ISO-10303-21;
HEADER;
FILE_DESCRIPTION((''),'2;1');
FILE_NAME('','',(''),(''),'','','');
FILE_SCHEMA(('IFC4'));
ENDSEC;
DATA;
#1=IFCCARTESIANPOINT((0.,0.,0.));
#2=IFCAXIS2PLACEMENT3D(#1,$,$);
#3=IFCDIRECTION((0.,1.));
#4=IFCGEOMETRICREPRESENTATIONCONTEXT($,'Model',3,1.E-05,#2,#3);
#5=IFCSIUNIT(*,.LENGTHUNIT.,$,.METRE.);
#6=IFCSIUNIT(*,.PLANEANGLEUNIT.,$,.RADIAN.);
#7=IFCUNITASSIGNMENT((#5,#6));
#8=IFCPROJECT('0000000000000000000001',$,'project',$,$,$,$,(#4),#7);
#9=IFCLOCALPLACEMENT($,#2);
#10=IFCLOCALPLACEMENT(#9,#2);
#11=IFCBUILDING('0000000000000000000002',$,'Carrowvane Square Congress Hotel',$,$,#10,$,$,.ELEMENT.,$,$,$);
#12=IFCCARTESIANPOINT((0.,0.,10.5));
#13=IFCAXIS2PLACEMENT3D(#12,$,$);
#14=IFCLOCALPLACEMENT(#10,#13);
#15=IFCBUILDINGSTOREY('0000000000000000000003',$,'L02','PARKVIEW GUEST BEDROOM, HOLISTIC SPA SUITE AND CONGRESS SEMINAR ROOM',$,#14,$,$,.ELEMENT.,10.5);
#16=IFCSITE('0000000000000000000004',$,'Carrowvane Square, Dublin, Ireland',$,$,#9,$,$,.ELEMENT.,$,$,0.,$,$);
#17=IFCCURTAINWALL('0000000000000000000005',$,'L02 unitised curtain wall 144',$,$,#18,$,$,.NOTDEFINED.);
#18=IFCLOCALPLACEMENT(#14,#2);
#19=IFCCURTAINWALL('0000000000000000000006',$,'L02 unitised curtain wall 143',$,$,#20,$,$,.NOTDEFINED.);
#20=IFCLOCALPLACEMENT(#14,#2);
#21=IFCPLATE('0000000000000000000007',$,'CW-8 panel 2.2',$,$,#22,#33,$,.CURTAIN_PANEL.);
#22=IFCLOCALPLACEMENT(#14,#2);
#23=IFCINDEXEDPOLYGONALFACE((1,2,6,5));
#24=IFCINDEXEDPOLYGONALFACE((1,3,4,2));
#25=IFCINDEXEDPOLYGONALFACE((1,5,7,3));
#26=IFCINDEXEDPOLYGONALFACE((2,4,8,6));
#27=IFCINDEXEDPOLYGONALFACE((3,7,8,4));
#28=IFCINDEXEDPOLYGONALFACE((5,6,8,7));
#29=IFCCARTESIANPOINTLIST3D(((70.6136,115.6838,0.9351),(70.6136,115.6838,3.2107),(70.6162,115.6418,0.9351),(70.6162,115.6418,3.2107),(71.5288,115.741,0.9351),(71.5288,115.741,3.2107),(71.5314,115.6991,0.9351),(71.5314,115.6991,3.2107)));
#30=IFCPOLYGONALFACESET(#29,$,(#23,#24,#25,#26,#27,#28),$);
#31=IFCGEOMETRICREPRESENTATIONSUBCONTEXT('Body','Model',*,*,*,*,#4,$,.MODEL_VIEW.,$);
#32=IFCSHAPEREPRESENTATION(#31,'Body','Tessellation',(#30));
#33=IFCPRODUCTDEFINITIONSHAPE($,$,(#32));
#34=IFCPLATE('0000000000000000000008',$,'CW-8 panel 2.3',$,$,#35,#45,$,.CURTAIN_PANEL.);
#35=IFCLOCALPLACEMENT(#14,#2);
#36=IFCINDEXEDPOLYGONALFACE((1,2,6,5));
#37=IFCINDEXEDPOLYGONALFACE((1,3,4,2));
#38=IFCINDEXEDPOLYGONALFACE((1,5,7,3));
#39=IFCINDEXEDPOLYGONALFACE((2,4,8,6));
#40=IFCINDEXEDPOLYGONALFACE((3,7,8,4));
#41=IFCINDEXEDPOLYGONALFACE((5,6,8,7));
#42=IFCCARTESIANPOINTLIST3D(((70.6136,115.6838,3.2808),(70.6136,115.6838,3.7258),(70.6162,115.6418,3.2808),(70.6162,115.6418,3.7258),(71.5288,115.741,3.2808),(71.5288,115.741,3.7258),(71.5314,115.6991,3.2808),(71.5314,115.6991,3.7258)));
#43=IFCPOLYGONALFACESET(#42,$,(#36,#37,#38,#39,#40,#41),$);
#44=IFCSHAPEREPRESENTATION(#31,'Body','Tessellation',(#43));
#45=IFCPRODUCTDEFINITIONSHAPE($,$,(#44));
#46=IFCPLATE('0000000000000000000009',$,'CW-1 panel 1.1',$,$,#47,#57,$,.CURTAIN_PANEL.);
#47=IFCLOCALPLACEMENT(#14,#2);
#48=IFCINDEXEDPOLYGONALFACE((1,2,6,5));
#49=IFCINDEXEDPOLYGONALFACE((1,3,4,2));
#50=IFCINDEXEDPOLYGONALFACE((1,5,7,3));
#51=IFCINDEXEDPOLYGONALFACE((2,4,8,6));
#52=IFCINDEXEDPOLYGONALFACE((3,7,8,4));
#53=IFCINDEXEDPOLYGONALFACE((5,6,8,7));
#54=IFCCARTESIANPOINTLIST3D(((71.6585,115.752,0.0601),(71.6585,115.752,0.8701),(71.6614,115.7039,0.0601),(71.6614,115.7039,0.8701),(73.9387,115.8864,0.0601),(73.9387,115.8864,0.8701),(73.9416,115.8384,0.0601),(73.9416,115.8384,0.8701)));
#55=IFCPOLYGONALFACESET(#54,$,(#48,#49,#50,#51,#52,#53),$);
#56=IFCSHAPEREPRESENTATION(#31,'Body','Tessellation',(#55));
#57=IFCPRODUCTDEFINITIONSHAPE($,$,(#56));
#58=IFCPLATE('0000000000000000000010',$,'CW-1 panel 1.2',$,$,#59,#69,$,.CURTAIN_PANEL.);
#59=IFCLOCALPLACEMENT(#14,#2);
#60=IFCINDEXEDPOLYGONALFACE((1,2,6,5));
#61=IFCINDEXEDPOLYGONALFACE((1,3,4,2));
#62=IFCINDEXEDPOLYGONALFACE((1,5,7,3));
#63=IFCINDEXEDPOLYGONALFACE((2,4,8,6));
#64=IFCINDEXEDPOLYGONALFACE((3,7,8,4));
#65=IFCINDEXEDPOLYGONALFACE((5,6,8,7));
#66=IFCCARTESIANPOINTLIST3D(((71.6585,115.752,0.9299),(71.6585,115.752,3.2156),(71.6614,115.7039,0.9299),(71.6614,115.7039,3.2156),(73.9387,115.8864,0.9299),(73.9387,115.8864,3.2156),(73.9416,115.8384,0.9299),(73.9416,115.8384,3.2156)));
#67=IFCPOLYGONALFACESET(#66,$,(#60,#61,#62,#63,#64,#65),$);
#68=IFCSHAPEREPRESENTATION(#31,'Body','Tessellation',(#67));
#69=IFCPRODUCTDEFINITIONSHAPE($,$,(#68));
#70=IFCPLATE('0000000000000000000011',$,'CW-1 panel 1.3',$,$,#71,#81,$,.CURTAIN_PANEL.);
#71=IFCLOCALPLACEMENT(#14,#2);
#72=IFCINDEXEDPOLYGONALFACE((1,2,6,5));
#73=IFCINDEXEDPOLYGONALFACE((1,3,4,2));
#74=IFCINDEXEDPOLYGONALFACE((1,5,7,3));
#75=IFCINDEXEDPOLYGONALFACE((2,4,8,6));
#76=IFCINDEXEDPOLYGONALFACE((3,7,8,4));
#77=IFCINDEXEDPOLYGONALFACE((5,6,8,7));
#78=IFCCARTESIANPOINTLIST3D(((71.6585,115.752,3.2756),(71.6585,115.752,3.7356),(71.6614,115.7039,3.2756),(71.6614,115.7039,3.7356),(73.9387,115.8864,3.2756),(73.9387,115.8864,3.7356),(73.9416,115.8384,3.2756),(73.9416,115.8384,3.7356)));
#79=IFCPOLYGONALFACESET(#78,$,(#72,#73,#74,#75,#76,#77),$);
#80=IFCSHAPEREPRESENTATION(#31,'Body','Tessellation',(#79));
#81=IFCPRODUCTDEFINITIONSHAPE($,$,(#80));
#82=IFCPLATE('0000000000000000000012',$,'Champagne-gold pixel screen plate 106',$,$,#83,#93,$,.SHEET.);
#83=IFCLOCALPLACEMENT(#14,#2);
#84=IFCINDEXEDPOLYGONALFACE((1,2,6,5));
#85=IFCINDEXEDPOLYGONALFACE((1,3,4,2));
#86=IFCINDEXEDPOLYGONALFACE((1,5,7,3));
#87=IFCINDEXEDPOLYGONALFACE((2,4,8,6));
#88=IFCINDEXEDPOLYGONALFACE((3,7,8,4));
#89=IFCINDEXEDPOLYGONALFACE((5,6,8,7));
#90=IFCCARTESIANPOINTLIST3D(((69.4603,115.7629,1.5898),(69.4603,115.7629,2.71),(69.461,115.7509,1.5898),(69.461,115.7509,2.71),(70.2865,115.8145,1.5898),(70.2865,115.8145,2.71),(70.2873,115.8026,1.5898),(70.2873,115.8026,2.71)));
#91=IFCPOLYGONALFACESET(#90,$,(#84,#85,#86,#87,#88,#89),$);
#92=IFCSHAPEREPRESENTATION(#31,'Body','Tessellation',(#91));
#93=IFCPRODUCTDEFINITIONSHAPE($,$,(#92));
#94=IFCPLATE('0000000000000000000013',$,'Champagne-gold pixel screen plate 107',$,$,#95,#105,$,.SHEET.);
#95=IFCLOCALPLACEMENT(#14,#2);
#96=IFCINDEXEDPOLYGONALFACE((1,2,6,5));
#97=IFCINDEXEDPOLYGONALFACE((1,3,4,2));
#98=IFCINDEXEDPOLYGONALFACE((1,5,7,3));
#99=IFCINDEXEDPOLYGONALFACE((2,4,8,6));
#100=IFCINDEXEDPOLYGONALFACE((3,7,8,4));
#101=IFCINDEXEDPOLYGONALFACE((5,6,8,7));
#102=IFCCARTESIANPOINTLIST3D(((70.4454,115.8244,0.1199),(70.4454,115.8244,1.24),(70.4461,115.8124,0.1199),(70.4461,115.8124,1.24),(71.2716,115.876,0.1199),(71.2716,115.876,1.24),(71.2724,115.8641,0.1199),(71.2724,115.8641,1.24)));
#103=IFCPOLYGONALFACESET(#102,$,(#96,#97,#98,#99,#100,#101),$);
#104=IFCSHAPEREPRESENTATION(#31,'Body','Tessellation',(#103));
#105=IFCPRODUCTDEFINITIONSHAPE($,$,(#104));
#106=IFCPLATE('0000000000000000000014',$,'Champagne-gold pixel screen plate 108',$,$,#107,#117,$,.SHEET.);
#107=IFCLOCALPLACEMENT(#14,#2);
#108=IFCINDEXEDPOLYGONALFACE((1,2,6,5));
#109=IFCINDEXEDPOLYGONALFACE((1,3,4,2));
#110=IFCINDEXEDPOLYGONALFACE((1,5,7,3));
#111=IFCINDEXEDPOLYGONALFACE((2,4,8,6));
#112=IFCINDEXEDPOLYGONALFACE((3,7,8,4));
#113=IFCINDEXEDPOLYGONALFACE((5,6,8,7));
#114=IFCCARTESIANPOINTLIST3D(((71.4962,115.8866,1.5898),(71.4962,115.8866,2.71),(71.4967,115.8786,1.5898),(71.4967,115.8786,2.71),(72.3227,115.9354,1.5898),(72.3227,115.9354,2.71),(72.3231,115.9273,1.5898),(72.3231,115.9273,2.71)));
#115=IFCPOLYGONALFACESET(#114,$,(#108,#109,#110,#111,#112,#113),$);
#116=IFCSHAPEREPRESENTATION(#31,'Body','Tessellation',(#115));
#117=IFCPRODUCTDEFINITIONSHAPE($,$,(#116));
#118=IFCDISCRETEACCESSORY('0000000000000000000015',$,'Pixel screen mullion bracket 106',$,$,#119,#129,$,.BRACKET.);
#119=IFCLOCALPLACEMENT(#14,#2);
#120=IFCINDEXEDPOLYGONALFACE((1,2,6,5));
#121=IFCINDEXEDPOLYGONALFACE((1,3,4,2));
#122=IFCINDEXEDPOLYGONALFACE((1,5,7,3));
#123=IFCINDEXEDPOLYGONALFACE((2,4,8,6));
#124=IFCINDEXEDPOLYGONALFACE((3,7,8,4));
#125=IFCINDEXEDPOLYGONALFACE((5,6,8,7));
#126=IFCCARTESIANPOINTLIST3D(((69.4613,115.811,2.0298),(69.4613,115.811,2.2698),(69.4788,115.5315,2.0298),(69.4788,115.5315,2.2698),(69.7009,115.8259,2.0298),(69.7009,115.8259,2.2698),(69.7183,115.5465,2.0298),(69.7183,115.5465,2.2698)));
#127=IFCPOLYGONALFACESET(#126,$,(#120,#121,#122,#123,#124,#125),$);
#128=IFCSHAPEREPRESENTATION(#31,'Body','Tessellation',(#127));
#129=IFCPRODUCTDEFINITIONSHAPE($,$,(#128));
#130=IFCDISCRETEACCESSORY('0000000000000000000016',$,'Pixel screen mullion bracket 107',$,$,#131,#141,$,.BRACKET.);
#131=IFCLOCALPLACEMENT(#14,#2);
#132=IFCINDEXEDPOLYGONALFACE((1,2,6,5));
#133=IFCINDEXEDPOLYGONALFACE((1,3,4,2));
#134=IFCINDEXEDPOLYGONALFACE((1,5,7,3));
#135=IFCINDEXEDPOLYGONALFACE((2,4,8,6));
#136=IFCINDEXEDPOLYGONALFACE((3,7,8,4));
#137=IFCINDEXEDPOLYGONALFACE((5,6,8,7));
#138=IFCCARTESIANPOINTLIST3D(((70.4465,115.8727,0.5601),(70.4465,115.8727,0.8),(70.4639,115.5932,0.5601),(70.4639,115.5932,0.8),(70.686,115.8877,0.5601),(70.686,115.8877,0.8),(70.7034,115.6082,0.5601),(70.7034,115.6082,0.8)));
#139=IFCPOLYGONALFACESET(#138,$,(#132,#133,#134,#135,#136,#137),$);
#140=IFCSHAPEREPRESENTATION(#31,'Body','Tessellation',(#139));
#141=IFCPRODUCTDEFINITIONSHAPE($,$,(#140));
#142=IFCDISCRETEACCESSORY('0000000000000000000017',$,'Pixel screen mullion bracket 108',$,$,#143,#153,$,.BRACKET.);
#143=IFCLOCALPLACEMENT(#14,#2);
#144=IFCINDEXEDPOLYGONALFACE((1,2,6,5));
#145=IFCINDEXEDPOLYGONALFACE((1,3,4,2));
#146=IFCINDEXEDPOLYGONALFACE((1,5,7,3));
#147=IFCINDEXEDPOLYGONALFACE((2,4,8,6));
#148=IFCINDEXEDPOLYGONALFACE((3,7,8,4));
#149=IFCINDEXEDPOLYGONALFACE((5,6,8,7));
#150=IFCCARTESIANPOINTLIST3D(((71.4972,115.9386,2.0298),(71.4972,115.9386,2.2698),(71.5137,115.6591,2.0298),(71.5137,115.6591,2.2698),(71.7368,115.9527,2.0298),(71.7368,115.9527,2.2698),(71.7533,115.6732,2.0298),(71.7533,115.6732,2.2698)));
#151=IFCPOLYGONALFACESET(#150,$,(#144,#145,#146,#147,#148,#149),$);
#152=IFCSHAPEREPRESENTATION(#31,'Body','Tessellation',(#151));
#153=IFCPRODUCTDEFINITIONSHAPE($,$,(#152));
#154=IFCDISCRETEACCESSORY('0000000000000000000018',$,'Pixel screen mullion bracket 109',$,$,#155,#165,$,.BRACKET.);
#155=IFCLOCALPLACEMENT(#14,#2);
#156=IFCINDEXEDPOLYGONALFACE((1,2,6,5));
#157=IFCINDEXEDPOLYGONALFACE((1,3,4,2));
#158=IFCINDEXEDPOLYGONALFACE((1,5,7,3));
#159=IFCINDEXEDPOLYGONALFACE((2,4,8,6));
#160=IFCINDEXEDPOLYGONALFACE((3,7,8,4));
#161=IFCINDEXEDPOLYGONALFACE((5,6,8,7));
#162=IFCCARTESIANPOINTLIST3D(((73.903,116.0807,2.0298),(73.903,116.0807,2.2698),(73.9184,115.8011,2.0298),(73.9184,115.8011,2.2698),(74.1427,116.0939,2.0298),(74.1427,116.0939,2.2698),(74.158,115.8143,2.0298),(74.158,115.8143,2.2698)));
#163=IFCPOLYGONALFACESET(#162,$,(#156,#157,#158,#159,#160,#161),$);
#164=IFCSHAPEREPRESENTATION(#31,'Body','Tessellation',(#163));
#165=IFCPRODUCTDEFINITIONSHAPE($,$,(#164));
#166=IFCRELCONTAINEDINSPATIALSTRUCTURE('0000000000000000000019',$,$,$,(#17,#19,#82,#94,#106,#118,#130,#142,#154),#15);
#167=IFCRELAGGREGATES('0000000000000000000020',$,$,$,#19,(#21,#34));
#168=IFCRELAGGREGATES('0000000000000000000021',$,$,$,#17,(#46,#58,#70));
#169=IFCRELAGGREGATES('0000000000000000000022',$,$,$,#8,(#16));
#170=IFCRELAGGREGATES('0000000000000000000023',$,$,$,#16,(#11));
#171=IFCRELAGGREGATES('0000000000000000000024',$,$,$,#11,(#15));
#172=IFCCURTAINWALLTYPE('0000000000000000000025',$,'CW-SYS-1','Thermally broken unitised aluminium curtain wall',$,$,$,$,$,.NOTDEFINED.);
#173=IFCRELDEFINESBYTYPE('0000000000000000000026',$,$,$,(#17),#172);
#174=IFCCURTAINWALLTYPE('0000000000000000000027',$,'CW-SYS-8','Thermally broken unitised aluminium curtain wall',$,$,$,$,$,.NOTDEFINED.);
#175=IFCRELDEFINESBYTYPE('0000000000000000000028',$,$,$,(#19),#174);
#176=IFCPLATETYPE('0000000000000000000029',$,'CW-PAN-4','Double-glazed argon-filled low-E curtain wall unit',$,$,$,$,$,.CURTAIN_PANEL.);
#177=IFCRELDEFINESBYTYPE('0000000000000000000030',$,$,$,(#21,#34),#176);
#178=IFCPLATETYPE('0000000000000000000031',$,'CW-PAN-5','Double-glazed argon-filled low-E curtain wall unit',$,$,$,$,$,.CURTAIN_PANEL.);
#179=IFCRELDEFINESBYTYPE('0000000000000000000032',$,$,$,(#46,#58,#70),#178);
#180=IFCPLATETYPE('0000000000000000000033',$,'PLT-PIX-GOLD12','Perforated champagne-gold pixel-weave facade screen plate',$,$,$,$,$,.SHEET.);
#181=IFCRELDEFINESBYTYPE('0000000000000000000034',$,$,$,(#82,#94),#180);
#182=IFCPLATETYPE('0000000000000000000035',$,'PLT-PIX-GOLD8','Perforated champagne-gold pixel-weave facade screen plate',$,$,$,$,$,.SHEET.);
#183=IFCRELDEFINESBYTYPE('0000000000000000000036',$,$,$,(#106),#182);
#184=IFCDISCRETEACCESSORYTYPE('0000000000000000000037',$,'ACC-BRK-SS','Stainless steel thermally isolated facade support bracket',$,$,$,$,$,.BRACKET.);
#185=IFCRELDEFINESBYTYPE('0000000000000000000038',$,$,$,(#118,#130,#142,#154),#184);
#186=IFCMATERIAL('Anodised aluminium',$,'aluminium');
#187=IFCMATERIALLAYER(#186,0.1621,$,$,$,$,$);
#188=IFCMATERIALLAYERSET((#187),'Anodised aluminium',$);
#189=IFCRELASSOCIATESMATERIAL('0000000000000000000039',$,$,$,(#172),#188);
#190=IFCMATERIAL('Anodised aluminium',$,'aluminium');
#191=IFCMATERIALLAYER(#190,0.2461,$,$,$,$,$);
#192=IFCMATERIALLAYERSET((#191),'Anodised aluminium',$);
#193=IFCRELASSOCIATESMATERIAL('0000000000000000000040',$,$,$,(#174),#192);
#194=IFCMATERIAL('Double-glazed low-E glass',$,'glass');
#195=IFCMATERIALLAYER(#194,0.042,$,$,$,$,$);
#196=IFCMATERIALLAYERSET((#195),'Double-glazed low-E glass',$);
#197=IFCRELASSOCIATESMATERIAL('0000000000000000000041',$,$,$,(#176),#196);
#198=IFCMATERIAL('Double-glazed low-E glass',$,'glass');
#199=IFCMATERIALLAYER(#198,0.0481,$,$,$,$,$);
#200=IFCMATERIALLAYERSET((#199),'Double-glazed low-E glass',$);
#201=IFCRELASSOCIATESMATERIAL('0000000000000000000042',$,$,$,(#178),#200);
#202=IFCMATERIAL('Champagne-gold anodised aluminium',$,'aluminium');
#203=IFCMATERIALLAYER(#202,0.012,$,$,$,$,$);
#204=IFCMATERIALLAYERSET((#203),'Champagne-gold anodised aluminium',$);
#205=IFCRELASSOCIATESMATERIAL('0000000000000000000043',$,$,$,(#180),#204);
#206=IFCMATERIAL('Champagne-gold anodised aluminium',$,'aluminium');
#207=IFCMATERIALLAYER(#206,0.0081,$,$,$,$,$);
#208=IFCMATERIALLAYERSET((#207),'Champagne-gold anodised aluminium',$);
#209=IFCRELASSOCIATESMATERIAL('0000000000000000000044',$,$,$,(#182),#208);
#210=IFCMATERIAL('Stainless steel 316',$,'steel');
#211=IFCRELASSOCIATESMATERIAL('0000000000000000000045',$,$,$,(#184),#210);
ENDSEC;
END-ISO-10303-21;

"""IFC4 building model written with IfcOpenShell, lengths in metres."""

from ifc_helpers import new_model, si_unit, direction, frame, origin, origin_2d, place, context, subcontext, project, spatial, rectangle, extrude, material, layer, layer_set, type_object, element, aggregate, save


model = new_model("IFC4")

# Units and contexts
model_context = context("Model", 3, precision=1e-05, world=origin(), true_north=direction((0.0, 1.0)))
body_context = subcontext(model_context, "Body", "Model", "MODEL_VIEW")
ifc_project = project(units=[si_unit("LENGTHUNIT", "METRE"), si_unit("PLANEANGLEUNIT", "RADIAN")], contexts=[model_context])

# Site, building, storey
site_placement = place(None, origin())
site = spatial("IfcSite", under=ifc_project, at=site_placement, Name="Carrowvane Square, Dublin, Ireland", CompositionType="ELEMENT", RefElevation=0.0)
building_placement = place(site_placement, origin())
building = spatial("IfcBuilding", under=site, at=building_placement, Name="Carrowvane Square Congress Hotel", CompositionType="ELEMENT")
storey_placement = place(building_placement, frame((0.0, 0.0, 10.5)))
storey = spatial("IfcBuildingStorey", under=building, at=storey_placement, Name="L02", Description="PARKVIEW GUEST BEDROOM, HOLISTIC SPA SUITE AND CONGRESS SEMINAR ROOM", CompositionType="ELEMENT", Elevation=10.5)

# Curtain wall
ifc_material_1 = material(Name="Anodised aluminium", Category="aluminium")
ifc_layer_1 = layer(ifc_material_1, 0.1621)
ifc_layer_set_1 = layer_set([ifc_layer_1], Name="Anodised aluminium")
curtain_wall_type_1 = type_object("IfcCurtainWallType", Name="CW-SYS-1", Description="Thermally broken unitised aluminium curtain wall", PredefinedType="NOTDEFINED", material=ifc_layer_set_1)
curtain_wall_1_placement = place(storey_placement, origin())
curtain_wall_1 = element("IfcCurtainWall", 1, at=curtain_wall_1_placement, inside=storey, type_object=curtain_wall_type_1, Name="L02 unitised curtain wall 144", PredefinedType="NOTDEFINED")

# Curtain wall
ifc_material_2 = material(Name="Anodised aluminium", Category="aluminium")
ifc_layer_2 = layer(ifc_material_2, 0.2461)
ifc_layer_set_2 = layer_set([ifc_layer_2], Name="Anodised aluminium")
curtain_wall_type_2 = type_object("IfcCurtainWallType", Name="CW-SYS-8", Description="Thermally broken unitised aluminium curtain wall", PredefinedType="NOTDEFINED", material=ifc_layer_set_2)
curtain_wall_2_placement = place(storey_placement, origin())
curtain_wall_2 = element("IfcCurtainWall", 2, at=curtain_wall_2_placement, inside=storey, type_object=curtain_wall_type_2, Name="L02 unitised curtain wall 143", PredefinedType="NOTDEFINED")

# Plates
ifc_material_3 = material(Name="Double-glazed low-E glass", Category="glass")
ifc_layer_3 = layer(ifc_material_3, 0.042)
ifc_layer_set_3 = layer_set([ifc_layer_3], Name="Double-glazed low-E glass")
plate_type_1 = type_object("IfcPlateType", Name="CW-PAN-4", Description="Double-glazed argon-filled low-E curtain wall unit", PredefinedType="CURTAIN_PANEL", material=ifc_layer_set_3)
plate_1_placement = place(storey_placement, frame((71.0725, 115.6914, 0.9351), z_axis=(0.0, 0.0, 1.0), x_axis=(0.998051, 0.062397, 0.0)))
plate_1 = element("IfcPlate", 3, at=plate_1_placement, type_object=plate_type_1, Name="CW-8 panel 2.2", PredefinedType="CURTAIN_PANEL", context=body_context, shape_type="SweptSolid", body=[
    extrude(rectangle(XDim=0.917, YDim=0.042, at=origin_2d()), origin(), (0.0, 0.0, 1.0), 2.2756),
])
plate_2_placement = place(storey_placement, frame((71.0725, 115.6914, 3.2808), z_axis=(0.0, 0.0, 1.0), x_axis=(0.998051, 0.062397, 0.0)))
plate_2 = element("IfcPlate", 4, at=plate_2_placement, type_object=plate_type_1, Name="CW-8 panel 2.3", PredefinedType="CURTAIN_PANEL", context=body_context, shape_type="SweptSolid", body=[
    extrude(rectangle(XDim=0.917, YDim=0.042, at=origin_2d()), origin(), (0.0, 0.0, 1.0), 0.4451),
])
aggregate(curtain_wall_2, [plate_1, plate_2])
ifc_material_4 = material(Name="Double-glazed low-E glass", Category="glass")
ifc_layer_4 = layer(ifc_material_4, 0.0481)
ifc_layer_set_4 = layer_set([ifc_layer_4], Name="Double-glazed low-E glass")
plate_type_2 = type_object("IfcPlateType", Name="CW-PAN-5", Description="Double-glazed argon-filled low-E curtain wall unit", PredefinedType="CURTAIN_PANEL", material=ifc_layer_set_4)
plate_3_placement = place(storey_placement, frame((72.8, 115.7952, 0.0601), z_axis=(0.0, 0.0, 1.0), x_axis=(0.998267, 0.058851, 0.0)))
plate_3 = element("IfcPlate", 5, at=plate_3_placement, type_object=plate_type_2, Name="CW-1 panel 1.1", PredefinedType="CURTAIN_PANEL", context=body_context, shape_type="SweptSolid", body=[
    extrude(rectangle(XDim=2.2842, YDim=0.0481, at=origin_2d()), origin(), (0.0, 0.0, 1.0), 0.8101),
])
plate_4_placement = place(storey_placement, frame((72.8, 115.7952, 0.9299), z_axis=(0.0, 0.0, 1.0), x_axis=(0.998267, 0.058851, 0.0)))
plate_4 = element("IfcPlate", 6, at=plate_4_placement, type_object=plate_type_2, Name="CW-1 panel 1.2", PredefinedType="CURTAIN_PANEL", context=body_context, shape_type="SweptSolid", body=[
    extrude(rectangle(XDim=2.2842, YDim=0.0481, at=origin_2d()), origin(), (0.0, 0.0, 1.0), 2.2856),
])
plate_5_placement = place(storey_placement, frame((72.8, 115.7952, 3.2756), z_axis=(0.0, 0.0, 1.0), x_axis=(0.998267, 0.058851, 0.0)))
plate_5 = element("IfcPlate", 7, at=plate_5_placement, type_object=plate_type_2, Name="CW-1 panel 1.3", PredefinedType="CURTAIN_PANEL", context=body_context, shape_type="SweptSolid", body=[
    extrude(rectangle(XDim=2.2842, YDim=0.0481, at=origin_2d()), origin(), (0.0, 0.0, 1.0), 0.46),
])
aggregate(curtain_wall_1, [plate_3, plate_4, plate_5])

# Plates
ifc_material_5 = material(Name="Champagne-gold anodised aluminium", Category="aluminium")
ifc_layer_5 = layer(ifc_material_5, 0.012)
ifc_layer_set_5 = layer_set([ifc_layer_5], Name="Champagne-gold anodised aluminium")
plate_type_3 = type_object("IfcPlateType", Name="PLT-PIX-GOLD12", Description="Perforated champagne-gold pixel-weave facade screen plate", PredefinedType="SHEET", material=ifc_layer_set_5)
for number, where, z_axis, x_axis, name in (
    (8, (69.8738, 115.7827, 1.5898), (0.0, 0.0, 1.0), (0.998051, 0.062397, 0.0), "Champagne-gold pixel screen plate 106"),
    (9, (70.8589, 115.8442, 0.1199), (0.0, 0.0, 1.0), (0.998051, 0.062397, 0.0), "Champagne-gold pixel screen plate 107"),
):
    element("IfcPlate", number, at=place(storey_placement, frame(where, z_axis=z_axis, x_axis=x_axis)), inside=storey, type_object=plate_type_3, Name=name, PredefinedType="SHEET", context=body_context, shape_type="SweptSolid", body=[
        extrude(rectangle(XDim=0.8279, YDim=0.012, at=origin_2d()), origin(), (0.0, 0.0, 1.0), 1.1201),
    ])
ifc_material_6 = material(Name="Champagne-gold anodised aluminium", Category="aluminium")
ifc_layer_6 = layer(ifc_material_6, 0.0081)
ifc_layer_set_6 = layer_set([ifc_layer_6], Name="Champagne-gold anodised aluminium")
plate_type_4 = type_object("IfcPlateType", Name="PLT-PIX-GOLD8", Description="Perforated champagne-gold pixel-weave facade screen plate", PredefinedType="SHEET", material=ifc_layer_set_6)
plate_6_placement = place(storey_placement, frame((71.9097, 115.907, 1.5898), z_axis=(0.0, 0.0, 1.0), x_axis=(0.998267, 0.058852, 0.0)))
element("IfcPlate", 10, at=plate_6_placement, inside=storey, type_object=plate_type_4, Name="Champagne-gold pixel screen plate 108", PredefinedType="SHEET", context=body_context, shape_type="SweptSolid", body=[
    extrude(rectangle(XDim=0.8279, YDim=0.0081, at=origin_2d()), origin(), (0.0, 0.0, 1.0), 1.1201),
])

# Discrete accessories
ifc_material_7 = material(Name="Stainless steel 316", Category="steel")
discrete_accessory_type = type_object("IfcDiscreteAccessoryType", Name="ACC-BRK-SS", Description="Stainless steel thermally isolated facade support bracket", PredefinedType="BRACKET", material=ifc_material_7)
for number, where, z_axis, x_axis, name in (
    (11, (69.5898, 115.6787, 2.0298), (0.0, 0.0, 1.0), (0.998051, 0.062397, 0.0), "Pixel screen mullion bracket 106"),
    (12, (70.575, 115.7405, 0.5601), (0.0, 0.0, 1.0), (0.998051, 0.062397, 0.0), "Pixel screen mullion bracket 107"),
    (13, (71.6252, 115.8059, 2.0298), (0.0, 0.0, 1.0), (0.998267, 0.058852, 0.0), "Pixel screen mullion bracket 108"),
    (14, (74.0305, 115.9475, 2.0298), (0.0, 0.0, 1.0), (0.998497, 0.054815, 0.0), "Pixel screen mullion bracket 109"),
):
    element("IfcDiscreteAccessory", number, at=place(storey_placement, frame(where, z_axis=z_axis, x_axis=x_axis)), inside=storey, type_object=discrete_accessory_type, Name=name, PredefinedType="BRACKET", context=body_context, shape_type="SweptSolid", body=[
        extrude(rectangle(XDim=0.24, YDim=0.28, at=origin_2d()), origin(), (0.0, 0.0, 1.0), 0.24),
    ])

save(model, "model.ifc")
